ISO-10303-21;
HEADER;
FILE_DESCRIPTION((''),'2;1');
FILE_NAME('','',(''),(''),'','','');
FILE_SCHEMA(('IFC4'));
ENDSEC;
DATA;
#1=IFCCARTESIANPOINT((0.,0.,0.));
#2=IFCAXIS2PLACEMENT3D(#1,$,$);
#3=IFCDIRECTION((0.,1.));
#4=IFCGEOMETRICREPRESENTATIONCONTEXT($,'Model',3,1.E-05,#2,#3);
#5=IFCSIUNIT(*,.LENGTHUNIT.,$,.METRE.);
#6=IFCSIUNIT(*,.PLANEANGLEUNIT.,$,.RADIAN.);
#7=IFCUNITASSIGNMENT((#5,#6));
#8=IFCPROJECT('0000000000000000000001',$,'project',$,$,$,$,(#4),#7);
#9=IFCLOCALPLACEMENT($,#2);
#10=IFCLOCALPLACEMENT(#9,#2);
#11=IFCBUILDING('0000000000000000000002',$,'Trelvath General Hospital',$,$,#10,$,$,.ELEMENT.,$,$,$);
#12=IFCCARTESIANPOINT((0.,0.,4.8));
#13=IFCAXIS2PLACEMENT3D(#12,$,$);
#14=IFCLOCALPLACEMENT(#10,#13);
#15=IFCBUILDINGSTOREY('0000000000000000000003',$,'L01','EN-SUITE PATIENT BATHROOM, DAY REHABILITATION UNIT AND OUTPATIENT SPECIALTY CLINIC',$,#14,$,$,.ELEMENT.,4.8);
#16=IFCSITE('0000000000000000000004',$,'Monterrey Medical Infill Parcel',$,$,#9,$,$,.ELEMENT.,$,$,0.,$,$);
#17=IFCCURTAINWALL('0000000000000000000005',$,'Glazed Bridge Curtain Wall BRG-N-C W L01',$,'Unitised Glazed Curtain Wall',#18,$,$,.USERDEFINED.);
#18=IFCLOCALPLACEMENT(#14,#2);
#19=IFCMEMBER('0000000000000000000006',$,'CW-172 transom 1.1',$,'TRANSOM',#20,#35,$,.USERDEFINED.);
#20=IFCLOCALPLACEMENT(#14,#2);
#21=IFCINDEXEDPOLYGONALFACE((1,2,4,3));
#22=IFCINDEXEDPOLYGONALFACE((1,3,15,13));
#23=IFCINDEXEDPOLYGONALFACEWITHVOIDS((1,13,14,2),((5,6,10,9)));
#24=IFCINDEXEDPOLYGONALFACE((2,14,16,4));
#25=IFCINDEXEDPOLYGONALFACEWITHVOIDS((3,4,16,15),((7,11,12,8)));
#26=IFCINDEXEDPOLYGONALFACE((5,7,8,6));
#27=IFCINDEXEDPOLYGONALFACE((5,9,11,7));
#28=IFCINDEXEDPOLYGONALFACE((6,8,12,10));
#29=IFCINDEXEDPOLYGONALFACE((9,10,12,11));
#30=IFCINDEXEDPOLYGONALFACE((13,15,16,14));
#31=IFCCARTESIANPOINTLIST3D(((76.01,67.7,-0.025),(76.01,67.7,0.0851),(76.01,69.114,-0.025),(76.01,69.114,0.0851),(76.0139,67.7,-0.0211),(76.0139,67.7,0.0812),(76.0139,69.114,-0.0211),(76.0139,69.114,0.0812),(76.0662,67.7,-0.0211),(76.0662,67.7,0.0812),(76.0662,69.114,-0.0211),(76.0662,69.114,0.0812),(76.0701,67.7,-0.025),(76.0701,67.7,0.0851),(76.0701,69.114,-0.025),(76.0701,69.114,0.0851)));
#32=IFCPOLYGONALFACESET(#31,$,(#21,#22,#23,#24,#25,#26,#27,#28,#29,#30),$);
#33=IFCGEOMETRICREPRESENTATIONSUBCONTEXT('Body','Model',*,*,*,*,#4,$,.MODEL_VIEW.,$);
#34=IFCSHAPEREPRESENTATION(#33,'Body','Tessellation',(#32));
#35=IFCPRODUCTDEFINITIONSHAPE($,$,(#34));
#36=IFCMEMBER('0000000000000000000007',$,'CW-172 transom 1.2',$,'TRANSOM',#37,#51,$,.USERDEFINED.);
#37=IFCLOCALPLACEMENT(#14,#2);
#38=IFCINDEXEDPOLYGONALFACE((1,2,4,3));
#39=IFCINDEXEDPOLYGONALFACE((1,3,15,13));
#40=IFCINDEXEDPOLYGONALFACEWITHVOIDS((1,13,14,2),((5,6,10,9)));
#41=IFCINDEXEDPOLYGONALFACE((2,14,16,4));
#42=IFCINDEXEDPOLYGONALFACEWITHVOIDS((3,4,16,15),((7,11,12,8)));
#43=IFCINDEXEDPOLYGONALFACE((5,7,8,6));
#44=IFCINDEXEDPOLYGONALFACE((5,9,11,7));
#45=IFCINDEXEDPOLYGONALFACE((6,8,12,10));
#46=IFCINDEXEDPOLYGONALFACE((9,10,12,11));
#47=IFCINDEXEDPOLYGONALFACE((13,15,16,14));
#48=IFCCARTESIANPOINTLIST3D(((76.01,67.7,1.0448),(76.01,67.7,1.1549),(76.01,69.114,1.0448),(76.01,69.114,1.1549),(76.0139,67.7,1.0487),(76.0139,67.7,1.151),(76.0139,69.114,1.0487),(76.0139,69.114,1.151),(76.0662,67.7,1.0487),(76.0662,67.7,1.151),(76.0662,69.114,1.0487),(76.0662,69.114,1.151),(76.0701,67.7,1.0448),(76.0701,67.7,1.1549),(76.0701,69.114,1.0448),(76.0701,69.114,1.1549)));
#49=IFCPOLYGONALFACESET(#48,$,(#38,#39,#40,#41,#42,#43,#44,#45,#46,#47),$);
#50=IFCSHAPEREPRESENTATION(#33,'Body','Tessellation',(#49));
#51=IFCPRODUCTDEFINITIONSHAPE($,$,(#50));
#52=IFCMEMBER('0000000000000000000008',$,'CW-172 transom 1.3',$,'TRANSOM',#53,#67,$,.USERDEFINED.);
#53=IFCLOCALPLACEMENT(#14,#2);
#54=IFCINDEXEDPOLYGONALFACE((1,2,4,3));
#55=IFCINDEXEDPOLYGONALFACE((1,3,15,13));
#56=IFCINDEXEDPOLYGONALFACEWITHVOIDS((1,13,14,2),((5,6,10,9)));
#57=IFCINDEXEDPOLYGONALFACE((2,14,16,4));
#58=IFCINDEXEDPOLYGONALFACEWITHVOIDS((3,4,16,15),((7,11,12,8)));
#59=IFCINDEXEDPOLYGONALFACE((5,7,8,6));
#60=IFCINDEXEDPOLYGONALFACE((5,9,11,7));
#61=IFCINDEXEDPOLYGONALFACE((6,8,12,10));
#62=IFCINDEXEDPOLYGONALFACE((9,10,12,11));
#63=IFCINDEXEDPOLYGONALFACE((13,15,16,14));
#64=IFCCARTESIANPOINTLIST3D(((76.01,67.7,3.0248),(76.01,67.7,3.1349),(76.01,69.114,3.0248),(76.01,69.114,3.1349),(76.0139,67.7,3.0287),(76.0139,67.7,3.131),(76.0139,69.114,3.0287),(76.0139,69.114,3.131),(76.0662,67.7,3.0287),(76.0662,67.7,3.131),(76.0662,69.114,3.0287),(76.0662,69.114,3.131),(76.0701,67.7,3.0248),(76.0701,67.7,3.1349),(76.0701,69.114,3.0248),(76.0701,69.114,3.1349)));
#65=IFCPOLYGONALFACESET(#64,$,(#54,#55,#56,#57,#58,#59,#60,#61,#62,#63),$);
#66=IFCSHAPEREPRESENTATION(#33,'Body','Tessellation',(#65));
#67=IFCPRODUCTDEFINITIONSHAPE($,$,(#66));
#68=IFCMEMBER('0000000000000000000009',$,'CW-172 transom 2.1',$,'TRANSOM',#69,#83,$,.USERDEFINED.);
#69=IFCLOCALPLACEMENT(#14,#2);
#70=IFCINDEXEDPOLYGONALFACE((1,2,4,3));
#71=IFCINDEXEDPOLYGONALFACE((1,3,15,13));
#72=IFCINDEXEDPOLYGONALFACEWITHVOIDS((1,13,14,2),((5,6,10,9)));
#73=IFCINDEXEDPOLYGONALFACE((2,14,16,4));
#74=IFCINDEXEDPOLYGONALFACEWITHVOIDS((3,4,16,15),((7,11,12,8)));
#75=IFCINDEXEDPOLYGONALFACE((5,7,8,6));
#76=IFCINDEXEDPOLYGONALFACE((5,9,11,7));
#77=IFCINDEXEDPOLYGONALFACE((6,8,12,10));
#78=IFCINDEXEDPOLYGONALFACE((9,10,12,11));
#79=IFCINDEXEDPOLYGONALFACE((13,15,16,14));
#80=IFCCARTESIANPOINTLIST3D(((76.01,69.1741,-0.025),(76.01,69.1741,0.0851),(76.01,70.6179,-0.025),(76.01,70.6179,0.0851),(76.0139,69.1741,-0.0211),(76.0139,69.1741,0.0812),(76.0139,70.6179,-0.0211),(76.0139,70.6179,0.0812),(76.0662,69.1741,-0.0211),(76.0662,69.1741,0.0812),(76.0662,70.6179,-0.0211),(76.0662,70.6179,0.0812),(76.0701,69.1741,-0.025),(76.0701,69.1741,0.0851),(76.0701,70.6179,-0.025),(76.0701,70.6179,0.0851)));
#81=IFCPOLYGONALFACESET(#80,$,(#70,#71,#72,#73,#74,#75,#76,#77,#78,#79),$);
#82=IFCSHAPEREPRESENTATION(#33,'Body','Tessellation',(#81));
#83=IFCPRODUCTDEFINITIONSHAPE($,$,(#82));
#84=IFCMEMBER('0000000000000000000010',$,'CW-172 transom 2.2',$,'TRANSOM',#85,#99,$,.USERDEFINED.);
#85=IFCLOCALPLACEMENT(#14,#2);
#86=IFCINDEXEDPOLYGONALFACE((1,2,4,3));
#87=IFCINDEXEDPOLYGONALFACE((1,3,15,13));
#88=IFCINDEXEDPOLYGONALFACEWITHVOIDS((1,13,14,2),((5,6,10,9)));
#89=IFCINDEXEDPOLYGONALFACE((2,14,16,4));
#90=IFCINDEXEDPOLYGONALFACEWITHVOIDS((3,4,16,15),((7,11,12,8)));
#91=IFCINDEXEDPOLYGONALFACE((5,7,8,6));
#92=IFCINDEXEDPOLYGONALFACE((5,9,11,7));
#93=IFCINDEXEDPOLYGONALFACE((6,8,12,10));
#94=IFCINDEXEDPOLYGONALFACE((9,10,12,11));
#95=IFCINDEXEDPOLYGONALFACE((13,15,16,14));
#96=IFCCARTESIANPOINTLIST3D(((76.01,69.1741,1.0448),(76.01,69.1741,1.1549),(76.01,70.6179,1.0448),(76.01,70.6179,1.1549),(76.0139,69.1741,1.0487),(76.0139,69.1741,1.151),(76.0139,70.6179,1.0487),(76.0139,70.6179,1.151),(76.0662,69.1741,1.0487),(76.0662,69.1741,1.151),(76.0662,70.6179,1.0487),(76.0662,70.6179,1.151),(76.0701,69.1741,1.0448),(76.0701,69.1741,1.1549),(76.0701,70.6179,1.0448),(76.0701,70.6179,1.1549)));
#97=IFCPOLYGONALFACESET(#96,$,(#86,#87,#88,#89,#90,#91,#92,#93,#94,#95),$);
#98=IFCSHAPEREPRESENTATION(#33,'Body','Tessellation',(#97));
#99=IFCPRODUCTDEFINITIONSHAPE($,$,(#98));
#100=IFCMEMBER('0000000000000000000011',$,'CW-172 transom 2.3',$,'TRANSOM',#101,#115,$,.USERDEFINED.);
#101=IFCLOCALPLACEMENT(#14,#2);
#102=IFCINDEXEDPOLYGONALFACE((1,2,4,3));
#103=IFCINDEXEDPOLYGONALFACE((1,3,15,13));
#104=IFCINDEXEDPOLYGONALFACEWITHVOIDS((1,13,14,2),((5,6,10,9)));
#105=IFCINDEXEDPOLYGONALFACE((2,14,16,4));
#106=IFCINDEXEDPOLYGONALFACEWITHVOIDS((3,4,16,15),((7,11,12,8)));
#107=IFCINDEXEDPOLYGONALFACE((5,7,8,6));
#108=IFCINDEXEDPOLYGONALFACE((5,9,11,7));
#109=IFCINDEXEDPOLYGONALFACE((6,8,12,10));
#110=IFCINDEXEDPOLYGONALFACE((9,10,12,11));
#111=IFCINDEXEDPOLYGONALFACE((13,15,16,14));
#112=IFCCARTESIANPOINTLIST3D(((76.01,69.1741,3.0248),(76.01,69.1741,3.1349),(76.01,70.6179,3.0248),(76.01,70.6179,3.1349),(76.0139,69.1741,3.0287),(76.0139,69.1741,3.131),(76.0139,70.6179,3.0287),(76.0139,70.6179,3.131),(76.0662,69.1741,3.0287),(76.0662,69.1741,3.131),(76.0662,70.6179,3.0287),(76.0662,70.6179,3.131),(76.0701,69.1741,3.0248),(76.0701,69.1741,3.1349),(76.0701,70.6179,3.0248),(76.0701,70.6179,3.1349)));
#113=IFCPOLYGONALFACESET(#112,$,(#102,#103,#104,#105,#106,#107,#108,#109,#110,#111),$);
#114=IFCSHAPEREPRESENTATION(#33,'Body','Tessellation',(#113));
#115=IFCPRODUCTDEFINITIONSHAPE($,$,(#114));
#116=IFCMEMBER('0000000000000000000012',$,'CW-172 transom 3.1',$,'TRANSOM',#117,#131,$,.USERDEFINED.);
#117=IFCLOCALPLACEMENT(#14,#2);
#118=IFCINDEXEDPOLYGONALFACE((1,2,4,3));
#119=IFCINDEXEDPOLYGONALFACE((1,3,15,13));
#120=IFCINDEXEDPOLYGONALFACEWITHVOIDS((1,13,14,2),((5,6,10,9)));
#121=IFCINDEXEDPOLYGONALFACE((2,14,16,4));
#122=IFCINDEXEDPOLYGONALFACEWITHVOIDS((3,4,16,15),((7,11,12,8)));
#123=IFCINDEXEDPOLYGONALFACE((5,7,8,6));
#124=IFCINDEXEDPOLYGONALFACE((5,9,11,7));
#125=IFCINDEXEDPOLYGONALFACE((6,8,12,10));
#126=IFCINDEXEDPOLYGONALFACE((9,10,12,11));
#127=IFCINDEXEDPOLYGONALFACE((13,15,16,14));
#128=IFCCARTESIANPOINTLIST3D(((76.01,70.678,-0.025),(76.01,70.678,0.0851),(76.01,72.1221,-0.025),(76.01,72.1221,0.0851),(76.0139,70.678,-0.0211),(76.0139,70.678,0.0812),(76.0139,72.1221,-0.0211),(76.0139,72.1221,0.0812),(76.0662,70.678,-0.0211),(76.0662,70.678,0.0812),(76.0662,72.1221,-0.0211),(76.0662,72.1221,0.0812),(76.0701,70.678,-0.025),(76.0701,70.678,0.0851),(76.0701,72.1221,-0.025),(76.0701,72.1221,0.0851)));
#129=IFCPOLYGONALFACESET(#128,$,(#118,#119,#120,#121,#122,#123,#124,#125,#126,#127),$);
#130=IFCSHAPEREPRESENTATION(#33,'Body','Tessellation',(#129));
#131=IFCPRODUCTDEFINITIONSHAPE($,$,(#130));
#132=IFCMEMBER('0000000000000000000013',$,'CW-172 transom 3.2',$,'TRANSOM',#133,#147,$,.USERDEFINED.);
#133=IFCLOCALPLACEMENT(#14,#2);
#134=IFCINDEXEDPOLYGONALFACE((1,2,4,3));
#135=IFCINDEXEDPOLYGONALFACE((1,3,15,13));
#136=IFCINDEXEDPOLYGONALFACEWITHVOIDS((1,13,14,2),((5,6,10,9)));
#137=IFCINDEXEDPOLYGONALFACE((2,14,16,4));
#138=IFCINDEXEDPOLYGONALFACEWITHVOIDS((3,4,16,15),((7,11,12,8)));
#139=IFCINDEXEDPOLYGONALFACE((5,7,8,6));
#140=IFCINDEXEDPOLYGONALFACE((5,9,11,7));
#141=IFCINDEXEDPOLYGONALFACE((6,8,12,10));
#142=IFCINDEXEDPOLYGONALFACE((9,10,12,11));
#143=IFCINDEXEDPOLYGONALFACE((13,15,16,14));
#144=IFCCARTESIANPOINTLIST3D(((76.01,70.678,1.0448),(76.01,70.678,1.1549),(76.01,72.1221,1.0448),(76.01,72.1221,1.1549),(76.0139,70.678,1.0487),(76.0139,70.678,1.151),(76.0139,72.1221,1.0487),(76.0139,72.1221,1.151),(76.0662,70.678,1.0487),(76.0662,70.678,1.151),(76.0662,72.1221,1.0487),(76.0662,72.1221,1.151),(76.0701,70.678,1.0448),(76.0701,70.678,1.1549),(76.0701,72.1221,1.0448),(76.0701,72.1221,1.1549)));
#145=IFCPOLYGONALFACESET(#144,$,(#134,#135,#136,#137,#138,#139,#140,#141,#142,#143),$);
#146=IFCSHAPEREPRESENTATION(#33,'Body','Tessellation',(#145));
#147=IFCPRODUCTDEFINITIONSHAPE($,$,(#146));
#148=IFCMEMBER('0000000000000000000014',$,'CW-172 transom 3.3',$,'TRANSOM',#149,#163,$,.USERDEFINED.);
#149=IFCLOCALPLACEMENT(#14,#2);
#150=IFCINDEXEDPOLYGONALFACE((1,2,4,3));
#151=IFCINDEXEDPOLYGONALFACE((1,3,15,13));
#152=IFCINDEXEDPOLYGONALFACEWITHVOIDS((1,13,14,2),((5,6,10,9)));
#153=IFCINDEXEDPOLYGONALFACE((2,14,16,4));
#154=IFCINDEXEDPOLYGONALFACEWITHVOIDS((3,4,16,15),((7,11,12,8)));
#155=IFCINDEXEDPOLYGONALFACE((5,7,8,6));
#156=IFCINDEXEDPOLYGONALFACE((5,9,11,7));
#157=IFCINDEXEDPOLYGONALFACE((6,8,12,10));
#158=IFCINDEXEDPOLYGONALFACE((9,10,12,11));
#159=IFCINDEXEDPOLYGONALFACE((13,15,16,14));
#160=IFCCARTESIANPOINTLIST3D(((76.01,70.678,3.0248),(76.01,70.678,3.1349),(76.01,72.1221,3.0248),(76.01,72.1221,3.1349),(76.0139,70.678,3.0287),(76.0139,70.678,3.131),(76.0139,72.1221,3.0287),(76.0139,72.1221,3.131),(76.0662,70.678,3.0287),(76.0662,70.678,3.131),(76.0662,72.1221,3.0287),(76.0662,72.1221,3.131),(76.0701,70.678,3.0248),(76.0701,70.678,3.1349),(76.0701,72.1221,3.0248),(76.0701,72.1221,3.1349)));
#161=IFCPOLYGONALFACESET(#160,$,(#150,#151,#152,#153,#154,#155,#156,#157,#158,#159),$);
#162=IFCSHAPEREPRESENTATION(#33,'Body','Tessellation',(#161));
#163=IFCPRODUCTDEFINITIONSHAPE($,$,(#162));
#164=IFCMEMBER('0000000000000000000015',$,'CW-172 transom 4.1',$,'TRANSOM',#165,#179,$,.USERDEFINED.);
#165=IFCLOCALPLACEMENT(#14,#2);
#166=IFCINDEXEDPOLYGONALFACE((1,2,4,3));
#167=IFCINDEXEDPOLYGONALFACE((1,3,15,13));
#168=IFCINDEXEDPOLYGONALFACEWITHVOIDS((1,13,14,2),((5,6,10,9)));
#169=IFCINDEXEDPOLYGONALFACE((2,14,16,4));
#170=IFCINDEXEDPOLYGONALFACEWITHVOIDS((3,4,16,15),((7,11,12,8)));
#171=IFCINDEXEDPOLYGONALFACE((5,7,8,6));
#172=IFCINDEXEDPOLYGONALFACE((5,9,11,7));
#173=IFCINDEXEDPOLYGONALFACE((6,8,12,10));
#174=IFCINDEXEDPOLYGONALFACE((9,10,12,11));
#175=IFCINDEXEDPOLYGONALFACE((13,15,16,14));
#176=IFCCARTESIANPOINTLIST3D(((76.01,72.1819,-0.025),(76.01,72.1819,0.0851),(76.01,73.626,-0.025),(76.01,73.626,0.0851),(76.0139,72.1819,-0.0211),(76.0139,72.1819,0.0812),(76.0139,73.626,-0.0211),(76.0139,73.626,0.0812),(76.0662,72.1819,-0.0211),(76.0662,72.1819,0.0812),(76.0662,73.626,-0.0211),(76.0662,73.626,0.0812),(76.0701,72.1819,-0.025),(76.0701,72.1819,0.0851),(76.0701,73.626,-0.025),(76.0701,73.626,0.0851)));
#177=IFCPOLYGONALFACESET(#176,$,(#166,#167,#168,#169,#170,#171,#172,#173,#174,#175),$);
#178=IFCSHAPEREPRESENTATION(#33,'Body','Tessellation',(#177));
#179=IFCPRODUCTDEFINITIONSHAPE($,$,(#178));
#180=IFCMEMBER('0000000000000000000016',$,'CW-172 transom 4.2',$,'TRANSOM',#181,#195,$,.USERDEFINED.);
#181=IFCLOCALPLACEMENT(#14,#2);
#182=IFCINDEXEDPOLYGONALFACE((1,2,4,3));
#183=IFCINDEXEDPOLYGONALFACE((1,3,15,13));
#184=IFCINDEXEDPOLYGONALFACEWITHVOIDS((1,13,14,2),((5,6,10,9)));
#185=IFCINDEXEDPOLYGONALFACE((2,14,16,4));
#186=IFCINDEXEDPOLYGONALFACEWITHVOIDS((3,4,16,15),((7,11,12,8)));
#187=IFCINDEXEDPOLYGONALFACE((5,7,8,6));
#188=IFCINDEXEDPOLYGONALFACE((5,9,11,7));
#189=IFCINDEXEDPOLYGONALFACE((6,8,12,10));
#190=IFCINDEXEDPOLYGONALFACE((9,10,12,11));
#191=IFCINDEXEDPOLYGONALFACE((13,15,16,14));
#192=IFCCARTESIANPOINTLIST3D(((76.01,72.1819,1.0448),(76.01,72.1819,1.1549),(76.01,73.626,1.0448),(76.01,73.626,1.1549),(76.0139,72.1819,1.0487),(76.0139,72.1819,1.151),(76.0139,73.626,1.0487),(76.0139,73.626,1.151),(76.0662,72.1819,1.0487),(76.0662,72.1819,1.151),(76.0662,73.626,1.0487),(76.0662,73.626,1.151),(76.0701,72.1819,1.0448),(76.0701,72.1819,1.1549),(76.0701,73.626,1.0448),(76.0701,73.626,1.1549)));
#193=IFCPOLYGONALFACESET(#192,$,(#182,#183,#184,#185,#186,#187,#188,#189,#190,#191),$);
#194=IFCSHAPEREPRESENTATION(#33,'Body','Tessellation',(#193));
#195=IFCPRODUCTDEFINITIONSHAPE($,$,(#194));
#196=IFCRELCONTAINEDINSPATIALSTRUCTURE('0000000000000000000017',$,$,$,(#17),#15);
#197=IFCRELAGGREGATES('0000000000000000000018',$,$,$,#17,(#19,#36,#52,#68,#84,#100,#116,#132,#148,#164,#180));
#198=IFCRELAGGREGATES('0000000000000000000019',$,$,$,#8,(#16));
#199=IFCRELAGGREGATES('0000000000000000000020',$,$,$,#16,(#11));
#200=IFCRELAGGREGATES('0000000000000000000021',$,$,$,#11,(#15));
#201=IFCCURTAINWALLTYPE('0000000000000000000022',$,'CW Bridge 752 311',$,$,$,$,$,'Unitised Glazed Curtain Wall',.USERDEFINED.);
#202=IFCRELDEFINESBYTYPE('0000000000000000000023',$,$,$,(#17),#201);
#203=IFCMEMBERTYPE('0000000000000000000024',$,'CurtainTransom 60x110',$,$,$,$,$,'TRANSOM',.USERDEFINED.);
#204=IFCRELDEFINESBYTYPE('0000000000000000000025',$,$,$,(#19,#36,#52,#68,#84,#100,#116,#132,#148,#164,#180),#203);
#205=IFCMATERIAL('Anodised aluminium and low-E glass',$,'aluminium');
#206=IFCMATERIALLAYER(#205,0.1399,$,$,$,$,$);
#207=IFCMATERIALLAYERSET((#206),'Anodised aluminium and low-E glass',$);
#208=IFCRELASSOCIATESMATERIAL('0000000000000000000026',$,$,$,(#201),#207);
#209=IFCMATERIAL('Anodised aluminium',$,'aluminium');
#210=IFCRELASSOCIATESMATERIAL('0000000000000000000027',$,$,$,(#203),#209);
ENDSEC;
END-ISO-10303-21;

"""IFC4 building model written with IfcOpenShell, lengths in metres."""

from ifc_helpers import new_model, si_unit, direction, frame, origin, origin_2d, place, context, subcontext, project, spatial, hollow_rectangle, extrude, material, layer, layer_set, material_profile, profile_set, type_object, element, aggregate, save


model = new_model("IFC4")

# Units and contexts
model_context = context("Model", 3, precision=1e-05, world=origin(), true_north=direction((0.0, 1.0)))
body_context = subcontext(model_context, "Body", "Model", "MODEL_VIEW")
ifc_project = project(units=[si_unit("LENGTHUNIT", "METRE"), si_unit("PLANEANGLEUNIT", "RADIAN")], contexts=[model_context])

# Site, building, storey
site_placement = place(None, origin())
site = spatial("IfcSite", under=ifc_project, at=site_placement, Name="Monterrey Medical Infill Parcel", CompositionType="ELEMENT", RefElevation=0.0)
building_placement = place(site_placement, origin())
building = spatial("IfcBuilding", under=site, at=building_placement, Name="Trelvath General Hospital", CompositionType="ELEMENT")
storey_placement = place(building_placement, frame((0.0, 0.0, 4.8)))
storey = spatial("IfcBuildingStorey", under=building, at=storey_placement, Name="L01", Description="EN-SUITE PATIENT BATHROOM, DAY REHABILITATION UNIT AND OUTPATIENT SPECIALTY CLINIC", CompositionType="ELEMENT", Elevation=4.8)

# Curtain wall
ifc_material_1 = material(Name="Anodised aluminium and low-E glass", Category="aluminium")
ifc_layer_1 = layer(ifc_material_1, 0.1399)
ifc_layer_set_1 = layer_set([ifc_layer_1], Name="Anodised aluminium and low-E glass")
curtain_wall_type_1 = type_object("IfcCurtainWallType", Name="CW Bridge 752 311", ElementType="Unitised Glazed Curtain Wall", PredefinedType="USERDEFINED", material=ifc_layer_set_1)
curtain_wall_1_placement = place(storey_placement, origin())
curtain_wall_1 = element("IfcCurtainWall", 1, at=curtain_wall_1_placement, inside=storey, type_object=curtain_wall_type_1, Name="Glazed Bridge Curtain Wall BRG-N-C W L01", ObjectType="Unitised Glazed Curtain Wall", PredefinedType="USERDEFINED")

# Members
ifc_material_2 = material(Name="Anodised aluminium", Category="aluminium")
ifc_material_profile_1 = material_profile(ifc_material_2, hollow_rectangle(XDim=0.0601, YDim=0.1101, WallThickness=0.0039, at=origin_2d()), Name="RHS60x110x4")
ifc_profile_set_1 = profile_set([ifc_material_profile_1], Name="Anodised aluminium")
member_type_1 = type_object("IfcMemberType", Name="CurtainTransom 60x110", ElementType="TRANSOM", PredefinedType="USERDEFINED", material=ifc_profile_set_1)
member_1_placement = place(storey_placement, frame((76.04, 67.7, 0.03), z_axis=(0.0, 1.0, 0.0), x_axis=(-1.0, 0.0, 0.0)))
member_1 = element("IfcMember", 2, at=member_1_placement, type_object=member_type_1, Name="CW-172 transom 1.1", ObjectType="TRANSOM", PredefinedType="USERDEFINED", context=body_context, shape_type="SweptSolid", body=[
    extrude(hollow_rectangle(XDim=0.0601, YDim=0.1101, WallThickness=0.0039, at=origin_2d()), origin(), (0.0, 0.0, 1.0), 1.4141),
])
member_2_placement = place(storey_placement, frame((76.04, 67.7, 1.0999), z_axis=(0.0, 1.0, 0.0), x_axis=(-1.0, 0.0, 0.0)))
member_2 = element("IfcMember", 3, at=member_2_placement, type_object=member_type_1, Name="CW-172 transom 1.2", ObjectType="TRANSOM", PredefinedType="USERDEFINED", context=body_context, shape_type="SweptSolid", body=[
    extrude(hollow_rectangle(XDim=0.0601, YDim=0.1101, WallThickness=0.0039, at=origin_2d()), origin(), (0.0, 0.0, 1.0), 1.4141),
])
member_3_placement = place(storey_placement, frame((76.04, 67.7, 3.0798), z_axis=(0.0, 1.0, 0.0), x_axis=(-1.0, 0.0, 0.0)))
member_3 = element("IfcMember", 4, at=member_3_placement, type_object=member_type_1, Name="CW-172 transom 1.3", ObjectType="TRANSOM", PredefinedType="USERDEFINED", context=body_context, shape_type="SweptSolid", body=[
    extrude(hollow_rectangle(XDim=0.0601, YDim=0.1101, WallThickness=0.0039, at=origin_2d()), origin(), (0.0, 0.0, 1.0), 1.4141),
])
member_4_placement = place(storey_placement, frame((76.04, 69.1741, 0.03), z_axis=(0.0, 1.0, 0.0), x_axis=(-1.0, 0.0, 0.0)))
member_4 = element("IfcMember", 5, at=member_4_placement, type_object=member_type_1, Name="CW-172 transom 2.1", ObjectType="TRANSOM", PredefinedType="USERDEFINED", context=body_context, shape_type="SweptSolid", body=[
    extrude(hollow_rectangle(XDim=0.0601, YDim=0.1101, WallThickness=0.0039, at=origin_2d()), origin(), (0.0, 0.0, 1.0), 1.4438),
])
member_5_placement = place(storey_placement, frame((76.04, 69.1741, 1.0999), z_axis=(0.0, 1.0, 0.0), x_axis=(-1.0, 0.0, 0.0)))
member_5 = element("IfcMember", 6, at=member_5_placement, type_object=member_type_1, Name="CW-172 transom 2.2", ObjectType="TRANSOM", PredefinedType="USERDEFINED", context=body_context, shape_type="SweptSolid", body=[
    extrude(hollow_rectangle(XDim=0.0601, YDim=0.1101, WallThickness=0.0039, at=origin_2d()), origin(), (0.0, 0.0, 1.0), 1.4438),
])
member_6_placement = place(storey_placement, frame((76.04, 69.1741, 3.0798), z_axis=(0.0, 1.0, 0.0), x_axis=(-1.0, 0.0, 0.0)))
member_6 = element("IfcMember", 7, at=member_6_placement, type_object=member_type_1, Name="CW-172 transom 2.3", ObjectType="TRANSOM", PredefinedType="USERDEFINED", context=body_context, shape_type="SweptSolid", body=[
    extrude(hollow_rectangle(XDim=0.0601, YDim=0.1101, WallThickness=0.0039, at=origin_2d()), origin(), (0.0, 0.0, 1.0), 1.4438),
])
member_7_placement = place(storey_placement, frame((76.04, 70.678, 0.03), z_axis=(0.0, 1.0, 0.0), x_axis=(-1.0, 0.0, 0.0)))
member_7 = element("IfcMember", 8, at=member_7_placement, type_object=member_type_1, Name="CW-172 transom 3.1", ObjectType="TRANSOM", PredefinedType="USERDEFINED", context=body_context, shape_type="SweptSolid", body=[
    extrude(hollow_rectangle(XDim=0.0601, YDim=0.1101, WallThickness=0.0039, at=origin_2d()), origin(), (0.0, 0.0, 1.0), 1.4441),
])
member_8_placement = place(storey_placement, frame((76.04, 70.678, 1.0999), z_axis=(0.0, 1.0, 0.0), x_axis=(-1.0, 0.0, 0.0)))
member_8 = element("IfcMember", 9, at=member_8_placement, type_object=member_type_1, Name="CW-172 transom 3.2", ObjectType="TRANSOM", PredefinedType="USERDEFINED", context=body_context, shape_type="SweptSolid", body=[
    extrude(hollow_rectangle(XDim=0.0601, YDim=0.1101, WallThickness=0.0039, at=origin_2d()), origin(), (0.0, 0.0, 1.0), 1.4441),
])
member_9_placement = place(storey_placement, frame((76.04, 70.678, 3.0798), z_axis=(0.0, 1.0, 0.0), x_axis=(-1.0, 0.0, 0.0)))
member_9 = element("IfcMember", 10, at=member_9_placement, type_object=member_type_1, Name="CW-172 transom 3.3", ObjectType="TRANSOM", PredefinedType="USERDEFINED", context=body_context, shape_type="SweptSolid", body=[
    extrude(hollow_rectangle(XDim=0.0601, YDim=0.1101, WallThickness=0.0039, at=origin_2d()), origin(), (0.0, 0.0, 1.0), 1.4441),
])
member_10_placement = place(storey_placement, frame((76.04, 72.1819, 0.03), z_axis=(0.0, 1.0, 0.0), x_axis=(-1.0, 0.0, 0.0)))
member_10 = element("IfcMember", 11, at=member_10_placement, type_object=member_type_1, Name="CW-172 transom 4.1", ObjectType="TRANSOM", PredefinedType="USERDEFINED", context=body_context, shape_type="SweptSolid", body=[
    extrude(hollow_rectangle(XDim=0.0601, YDim=0.1101, WallThickness=0.0039, at=origin_2d()), origin(), (0.0, 0.0, 1.0), 1.4441),
])
member_11_placement = place(storey_placement, frame((76.04, 72.1819, 1.0999), z_axis=(0.0, 1.0, 0.0), x_axis=(-1.0, 0.0, 0.0)))
member_11 = element("IfcMember", 12, at=member_11_placement, type_object=member_type_1, Name="CW-172 transom 4.2", ObjectType="TRANSOM", PredefinedType="USERDEFINED", context=body_context, shape_type="SweptSolid", body=[
    extrude(hollow_rectangle(XDim=0.0601, YDim=0.1101, WallThickness=0.0039, at=origin_2d()), origin(), (0.0, 0.0, 1.0), 1.4441),
])

aggregate(curtain_wall_1, [member_1, member_2, member_3, member_4, member_5, member_6, member_7, member_8, member_9, member_10, member_11])

save(model, "model.ifc")
